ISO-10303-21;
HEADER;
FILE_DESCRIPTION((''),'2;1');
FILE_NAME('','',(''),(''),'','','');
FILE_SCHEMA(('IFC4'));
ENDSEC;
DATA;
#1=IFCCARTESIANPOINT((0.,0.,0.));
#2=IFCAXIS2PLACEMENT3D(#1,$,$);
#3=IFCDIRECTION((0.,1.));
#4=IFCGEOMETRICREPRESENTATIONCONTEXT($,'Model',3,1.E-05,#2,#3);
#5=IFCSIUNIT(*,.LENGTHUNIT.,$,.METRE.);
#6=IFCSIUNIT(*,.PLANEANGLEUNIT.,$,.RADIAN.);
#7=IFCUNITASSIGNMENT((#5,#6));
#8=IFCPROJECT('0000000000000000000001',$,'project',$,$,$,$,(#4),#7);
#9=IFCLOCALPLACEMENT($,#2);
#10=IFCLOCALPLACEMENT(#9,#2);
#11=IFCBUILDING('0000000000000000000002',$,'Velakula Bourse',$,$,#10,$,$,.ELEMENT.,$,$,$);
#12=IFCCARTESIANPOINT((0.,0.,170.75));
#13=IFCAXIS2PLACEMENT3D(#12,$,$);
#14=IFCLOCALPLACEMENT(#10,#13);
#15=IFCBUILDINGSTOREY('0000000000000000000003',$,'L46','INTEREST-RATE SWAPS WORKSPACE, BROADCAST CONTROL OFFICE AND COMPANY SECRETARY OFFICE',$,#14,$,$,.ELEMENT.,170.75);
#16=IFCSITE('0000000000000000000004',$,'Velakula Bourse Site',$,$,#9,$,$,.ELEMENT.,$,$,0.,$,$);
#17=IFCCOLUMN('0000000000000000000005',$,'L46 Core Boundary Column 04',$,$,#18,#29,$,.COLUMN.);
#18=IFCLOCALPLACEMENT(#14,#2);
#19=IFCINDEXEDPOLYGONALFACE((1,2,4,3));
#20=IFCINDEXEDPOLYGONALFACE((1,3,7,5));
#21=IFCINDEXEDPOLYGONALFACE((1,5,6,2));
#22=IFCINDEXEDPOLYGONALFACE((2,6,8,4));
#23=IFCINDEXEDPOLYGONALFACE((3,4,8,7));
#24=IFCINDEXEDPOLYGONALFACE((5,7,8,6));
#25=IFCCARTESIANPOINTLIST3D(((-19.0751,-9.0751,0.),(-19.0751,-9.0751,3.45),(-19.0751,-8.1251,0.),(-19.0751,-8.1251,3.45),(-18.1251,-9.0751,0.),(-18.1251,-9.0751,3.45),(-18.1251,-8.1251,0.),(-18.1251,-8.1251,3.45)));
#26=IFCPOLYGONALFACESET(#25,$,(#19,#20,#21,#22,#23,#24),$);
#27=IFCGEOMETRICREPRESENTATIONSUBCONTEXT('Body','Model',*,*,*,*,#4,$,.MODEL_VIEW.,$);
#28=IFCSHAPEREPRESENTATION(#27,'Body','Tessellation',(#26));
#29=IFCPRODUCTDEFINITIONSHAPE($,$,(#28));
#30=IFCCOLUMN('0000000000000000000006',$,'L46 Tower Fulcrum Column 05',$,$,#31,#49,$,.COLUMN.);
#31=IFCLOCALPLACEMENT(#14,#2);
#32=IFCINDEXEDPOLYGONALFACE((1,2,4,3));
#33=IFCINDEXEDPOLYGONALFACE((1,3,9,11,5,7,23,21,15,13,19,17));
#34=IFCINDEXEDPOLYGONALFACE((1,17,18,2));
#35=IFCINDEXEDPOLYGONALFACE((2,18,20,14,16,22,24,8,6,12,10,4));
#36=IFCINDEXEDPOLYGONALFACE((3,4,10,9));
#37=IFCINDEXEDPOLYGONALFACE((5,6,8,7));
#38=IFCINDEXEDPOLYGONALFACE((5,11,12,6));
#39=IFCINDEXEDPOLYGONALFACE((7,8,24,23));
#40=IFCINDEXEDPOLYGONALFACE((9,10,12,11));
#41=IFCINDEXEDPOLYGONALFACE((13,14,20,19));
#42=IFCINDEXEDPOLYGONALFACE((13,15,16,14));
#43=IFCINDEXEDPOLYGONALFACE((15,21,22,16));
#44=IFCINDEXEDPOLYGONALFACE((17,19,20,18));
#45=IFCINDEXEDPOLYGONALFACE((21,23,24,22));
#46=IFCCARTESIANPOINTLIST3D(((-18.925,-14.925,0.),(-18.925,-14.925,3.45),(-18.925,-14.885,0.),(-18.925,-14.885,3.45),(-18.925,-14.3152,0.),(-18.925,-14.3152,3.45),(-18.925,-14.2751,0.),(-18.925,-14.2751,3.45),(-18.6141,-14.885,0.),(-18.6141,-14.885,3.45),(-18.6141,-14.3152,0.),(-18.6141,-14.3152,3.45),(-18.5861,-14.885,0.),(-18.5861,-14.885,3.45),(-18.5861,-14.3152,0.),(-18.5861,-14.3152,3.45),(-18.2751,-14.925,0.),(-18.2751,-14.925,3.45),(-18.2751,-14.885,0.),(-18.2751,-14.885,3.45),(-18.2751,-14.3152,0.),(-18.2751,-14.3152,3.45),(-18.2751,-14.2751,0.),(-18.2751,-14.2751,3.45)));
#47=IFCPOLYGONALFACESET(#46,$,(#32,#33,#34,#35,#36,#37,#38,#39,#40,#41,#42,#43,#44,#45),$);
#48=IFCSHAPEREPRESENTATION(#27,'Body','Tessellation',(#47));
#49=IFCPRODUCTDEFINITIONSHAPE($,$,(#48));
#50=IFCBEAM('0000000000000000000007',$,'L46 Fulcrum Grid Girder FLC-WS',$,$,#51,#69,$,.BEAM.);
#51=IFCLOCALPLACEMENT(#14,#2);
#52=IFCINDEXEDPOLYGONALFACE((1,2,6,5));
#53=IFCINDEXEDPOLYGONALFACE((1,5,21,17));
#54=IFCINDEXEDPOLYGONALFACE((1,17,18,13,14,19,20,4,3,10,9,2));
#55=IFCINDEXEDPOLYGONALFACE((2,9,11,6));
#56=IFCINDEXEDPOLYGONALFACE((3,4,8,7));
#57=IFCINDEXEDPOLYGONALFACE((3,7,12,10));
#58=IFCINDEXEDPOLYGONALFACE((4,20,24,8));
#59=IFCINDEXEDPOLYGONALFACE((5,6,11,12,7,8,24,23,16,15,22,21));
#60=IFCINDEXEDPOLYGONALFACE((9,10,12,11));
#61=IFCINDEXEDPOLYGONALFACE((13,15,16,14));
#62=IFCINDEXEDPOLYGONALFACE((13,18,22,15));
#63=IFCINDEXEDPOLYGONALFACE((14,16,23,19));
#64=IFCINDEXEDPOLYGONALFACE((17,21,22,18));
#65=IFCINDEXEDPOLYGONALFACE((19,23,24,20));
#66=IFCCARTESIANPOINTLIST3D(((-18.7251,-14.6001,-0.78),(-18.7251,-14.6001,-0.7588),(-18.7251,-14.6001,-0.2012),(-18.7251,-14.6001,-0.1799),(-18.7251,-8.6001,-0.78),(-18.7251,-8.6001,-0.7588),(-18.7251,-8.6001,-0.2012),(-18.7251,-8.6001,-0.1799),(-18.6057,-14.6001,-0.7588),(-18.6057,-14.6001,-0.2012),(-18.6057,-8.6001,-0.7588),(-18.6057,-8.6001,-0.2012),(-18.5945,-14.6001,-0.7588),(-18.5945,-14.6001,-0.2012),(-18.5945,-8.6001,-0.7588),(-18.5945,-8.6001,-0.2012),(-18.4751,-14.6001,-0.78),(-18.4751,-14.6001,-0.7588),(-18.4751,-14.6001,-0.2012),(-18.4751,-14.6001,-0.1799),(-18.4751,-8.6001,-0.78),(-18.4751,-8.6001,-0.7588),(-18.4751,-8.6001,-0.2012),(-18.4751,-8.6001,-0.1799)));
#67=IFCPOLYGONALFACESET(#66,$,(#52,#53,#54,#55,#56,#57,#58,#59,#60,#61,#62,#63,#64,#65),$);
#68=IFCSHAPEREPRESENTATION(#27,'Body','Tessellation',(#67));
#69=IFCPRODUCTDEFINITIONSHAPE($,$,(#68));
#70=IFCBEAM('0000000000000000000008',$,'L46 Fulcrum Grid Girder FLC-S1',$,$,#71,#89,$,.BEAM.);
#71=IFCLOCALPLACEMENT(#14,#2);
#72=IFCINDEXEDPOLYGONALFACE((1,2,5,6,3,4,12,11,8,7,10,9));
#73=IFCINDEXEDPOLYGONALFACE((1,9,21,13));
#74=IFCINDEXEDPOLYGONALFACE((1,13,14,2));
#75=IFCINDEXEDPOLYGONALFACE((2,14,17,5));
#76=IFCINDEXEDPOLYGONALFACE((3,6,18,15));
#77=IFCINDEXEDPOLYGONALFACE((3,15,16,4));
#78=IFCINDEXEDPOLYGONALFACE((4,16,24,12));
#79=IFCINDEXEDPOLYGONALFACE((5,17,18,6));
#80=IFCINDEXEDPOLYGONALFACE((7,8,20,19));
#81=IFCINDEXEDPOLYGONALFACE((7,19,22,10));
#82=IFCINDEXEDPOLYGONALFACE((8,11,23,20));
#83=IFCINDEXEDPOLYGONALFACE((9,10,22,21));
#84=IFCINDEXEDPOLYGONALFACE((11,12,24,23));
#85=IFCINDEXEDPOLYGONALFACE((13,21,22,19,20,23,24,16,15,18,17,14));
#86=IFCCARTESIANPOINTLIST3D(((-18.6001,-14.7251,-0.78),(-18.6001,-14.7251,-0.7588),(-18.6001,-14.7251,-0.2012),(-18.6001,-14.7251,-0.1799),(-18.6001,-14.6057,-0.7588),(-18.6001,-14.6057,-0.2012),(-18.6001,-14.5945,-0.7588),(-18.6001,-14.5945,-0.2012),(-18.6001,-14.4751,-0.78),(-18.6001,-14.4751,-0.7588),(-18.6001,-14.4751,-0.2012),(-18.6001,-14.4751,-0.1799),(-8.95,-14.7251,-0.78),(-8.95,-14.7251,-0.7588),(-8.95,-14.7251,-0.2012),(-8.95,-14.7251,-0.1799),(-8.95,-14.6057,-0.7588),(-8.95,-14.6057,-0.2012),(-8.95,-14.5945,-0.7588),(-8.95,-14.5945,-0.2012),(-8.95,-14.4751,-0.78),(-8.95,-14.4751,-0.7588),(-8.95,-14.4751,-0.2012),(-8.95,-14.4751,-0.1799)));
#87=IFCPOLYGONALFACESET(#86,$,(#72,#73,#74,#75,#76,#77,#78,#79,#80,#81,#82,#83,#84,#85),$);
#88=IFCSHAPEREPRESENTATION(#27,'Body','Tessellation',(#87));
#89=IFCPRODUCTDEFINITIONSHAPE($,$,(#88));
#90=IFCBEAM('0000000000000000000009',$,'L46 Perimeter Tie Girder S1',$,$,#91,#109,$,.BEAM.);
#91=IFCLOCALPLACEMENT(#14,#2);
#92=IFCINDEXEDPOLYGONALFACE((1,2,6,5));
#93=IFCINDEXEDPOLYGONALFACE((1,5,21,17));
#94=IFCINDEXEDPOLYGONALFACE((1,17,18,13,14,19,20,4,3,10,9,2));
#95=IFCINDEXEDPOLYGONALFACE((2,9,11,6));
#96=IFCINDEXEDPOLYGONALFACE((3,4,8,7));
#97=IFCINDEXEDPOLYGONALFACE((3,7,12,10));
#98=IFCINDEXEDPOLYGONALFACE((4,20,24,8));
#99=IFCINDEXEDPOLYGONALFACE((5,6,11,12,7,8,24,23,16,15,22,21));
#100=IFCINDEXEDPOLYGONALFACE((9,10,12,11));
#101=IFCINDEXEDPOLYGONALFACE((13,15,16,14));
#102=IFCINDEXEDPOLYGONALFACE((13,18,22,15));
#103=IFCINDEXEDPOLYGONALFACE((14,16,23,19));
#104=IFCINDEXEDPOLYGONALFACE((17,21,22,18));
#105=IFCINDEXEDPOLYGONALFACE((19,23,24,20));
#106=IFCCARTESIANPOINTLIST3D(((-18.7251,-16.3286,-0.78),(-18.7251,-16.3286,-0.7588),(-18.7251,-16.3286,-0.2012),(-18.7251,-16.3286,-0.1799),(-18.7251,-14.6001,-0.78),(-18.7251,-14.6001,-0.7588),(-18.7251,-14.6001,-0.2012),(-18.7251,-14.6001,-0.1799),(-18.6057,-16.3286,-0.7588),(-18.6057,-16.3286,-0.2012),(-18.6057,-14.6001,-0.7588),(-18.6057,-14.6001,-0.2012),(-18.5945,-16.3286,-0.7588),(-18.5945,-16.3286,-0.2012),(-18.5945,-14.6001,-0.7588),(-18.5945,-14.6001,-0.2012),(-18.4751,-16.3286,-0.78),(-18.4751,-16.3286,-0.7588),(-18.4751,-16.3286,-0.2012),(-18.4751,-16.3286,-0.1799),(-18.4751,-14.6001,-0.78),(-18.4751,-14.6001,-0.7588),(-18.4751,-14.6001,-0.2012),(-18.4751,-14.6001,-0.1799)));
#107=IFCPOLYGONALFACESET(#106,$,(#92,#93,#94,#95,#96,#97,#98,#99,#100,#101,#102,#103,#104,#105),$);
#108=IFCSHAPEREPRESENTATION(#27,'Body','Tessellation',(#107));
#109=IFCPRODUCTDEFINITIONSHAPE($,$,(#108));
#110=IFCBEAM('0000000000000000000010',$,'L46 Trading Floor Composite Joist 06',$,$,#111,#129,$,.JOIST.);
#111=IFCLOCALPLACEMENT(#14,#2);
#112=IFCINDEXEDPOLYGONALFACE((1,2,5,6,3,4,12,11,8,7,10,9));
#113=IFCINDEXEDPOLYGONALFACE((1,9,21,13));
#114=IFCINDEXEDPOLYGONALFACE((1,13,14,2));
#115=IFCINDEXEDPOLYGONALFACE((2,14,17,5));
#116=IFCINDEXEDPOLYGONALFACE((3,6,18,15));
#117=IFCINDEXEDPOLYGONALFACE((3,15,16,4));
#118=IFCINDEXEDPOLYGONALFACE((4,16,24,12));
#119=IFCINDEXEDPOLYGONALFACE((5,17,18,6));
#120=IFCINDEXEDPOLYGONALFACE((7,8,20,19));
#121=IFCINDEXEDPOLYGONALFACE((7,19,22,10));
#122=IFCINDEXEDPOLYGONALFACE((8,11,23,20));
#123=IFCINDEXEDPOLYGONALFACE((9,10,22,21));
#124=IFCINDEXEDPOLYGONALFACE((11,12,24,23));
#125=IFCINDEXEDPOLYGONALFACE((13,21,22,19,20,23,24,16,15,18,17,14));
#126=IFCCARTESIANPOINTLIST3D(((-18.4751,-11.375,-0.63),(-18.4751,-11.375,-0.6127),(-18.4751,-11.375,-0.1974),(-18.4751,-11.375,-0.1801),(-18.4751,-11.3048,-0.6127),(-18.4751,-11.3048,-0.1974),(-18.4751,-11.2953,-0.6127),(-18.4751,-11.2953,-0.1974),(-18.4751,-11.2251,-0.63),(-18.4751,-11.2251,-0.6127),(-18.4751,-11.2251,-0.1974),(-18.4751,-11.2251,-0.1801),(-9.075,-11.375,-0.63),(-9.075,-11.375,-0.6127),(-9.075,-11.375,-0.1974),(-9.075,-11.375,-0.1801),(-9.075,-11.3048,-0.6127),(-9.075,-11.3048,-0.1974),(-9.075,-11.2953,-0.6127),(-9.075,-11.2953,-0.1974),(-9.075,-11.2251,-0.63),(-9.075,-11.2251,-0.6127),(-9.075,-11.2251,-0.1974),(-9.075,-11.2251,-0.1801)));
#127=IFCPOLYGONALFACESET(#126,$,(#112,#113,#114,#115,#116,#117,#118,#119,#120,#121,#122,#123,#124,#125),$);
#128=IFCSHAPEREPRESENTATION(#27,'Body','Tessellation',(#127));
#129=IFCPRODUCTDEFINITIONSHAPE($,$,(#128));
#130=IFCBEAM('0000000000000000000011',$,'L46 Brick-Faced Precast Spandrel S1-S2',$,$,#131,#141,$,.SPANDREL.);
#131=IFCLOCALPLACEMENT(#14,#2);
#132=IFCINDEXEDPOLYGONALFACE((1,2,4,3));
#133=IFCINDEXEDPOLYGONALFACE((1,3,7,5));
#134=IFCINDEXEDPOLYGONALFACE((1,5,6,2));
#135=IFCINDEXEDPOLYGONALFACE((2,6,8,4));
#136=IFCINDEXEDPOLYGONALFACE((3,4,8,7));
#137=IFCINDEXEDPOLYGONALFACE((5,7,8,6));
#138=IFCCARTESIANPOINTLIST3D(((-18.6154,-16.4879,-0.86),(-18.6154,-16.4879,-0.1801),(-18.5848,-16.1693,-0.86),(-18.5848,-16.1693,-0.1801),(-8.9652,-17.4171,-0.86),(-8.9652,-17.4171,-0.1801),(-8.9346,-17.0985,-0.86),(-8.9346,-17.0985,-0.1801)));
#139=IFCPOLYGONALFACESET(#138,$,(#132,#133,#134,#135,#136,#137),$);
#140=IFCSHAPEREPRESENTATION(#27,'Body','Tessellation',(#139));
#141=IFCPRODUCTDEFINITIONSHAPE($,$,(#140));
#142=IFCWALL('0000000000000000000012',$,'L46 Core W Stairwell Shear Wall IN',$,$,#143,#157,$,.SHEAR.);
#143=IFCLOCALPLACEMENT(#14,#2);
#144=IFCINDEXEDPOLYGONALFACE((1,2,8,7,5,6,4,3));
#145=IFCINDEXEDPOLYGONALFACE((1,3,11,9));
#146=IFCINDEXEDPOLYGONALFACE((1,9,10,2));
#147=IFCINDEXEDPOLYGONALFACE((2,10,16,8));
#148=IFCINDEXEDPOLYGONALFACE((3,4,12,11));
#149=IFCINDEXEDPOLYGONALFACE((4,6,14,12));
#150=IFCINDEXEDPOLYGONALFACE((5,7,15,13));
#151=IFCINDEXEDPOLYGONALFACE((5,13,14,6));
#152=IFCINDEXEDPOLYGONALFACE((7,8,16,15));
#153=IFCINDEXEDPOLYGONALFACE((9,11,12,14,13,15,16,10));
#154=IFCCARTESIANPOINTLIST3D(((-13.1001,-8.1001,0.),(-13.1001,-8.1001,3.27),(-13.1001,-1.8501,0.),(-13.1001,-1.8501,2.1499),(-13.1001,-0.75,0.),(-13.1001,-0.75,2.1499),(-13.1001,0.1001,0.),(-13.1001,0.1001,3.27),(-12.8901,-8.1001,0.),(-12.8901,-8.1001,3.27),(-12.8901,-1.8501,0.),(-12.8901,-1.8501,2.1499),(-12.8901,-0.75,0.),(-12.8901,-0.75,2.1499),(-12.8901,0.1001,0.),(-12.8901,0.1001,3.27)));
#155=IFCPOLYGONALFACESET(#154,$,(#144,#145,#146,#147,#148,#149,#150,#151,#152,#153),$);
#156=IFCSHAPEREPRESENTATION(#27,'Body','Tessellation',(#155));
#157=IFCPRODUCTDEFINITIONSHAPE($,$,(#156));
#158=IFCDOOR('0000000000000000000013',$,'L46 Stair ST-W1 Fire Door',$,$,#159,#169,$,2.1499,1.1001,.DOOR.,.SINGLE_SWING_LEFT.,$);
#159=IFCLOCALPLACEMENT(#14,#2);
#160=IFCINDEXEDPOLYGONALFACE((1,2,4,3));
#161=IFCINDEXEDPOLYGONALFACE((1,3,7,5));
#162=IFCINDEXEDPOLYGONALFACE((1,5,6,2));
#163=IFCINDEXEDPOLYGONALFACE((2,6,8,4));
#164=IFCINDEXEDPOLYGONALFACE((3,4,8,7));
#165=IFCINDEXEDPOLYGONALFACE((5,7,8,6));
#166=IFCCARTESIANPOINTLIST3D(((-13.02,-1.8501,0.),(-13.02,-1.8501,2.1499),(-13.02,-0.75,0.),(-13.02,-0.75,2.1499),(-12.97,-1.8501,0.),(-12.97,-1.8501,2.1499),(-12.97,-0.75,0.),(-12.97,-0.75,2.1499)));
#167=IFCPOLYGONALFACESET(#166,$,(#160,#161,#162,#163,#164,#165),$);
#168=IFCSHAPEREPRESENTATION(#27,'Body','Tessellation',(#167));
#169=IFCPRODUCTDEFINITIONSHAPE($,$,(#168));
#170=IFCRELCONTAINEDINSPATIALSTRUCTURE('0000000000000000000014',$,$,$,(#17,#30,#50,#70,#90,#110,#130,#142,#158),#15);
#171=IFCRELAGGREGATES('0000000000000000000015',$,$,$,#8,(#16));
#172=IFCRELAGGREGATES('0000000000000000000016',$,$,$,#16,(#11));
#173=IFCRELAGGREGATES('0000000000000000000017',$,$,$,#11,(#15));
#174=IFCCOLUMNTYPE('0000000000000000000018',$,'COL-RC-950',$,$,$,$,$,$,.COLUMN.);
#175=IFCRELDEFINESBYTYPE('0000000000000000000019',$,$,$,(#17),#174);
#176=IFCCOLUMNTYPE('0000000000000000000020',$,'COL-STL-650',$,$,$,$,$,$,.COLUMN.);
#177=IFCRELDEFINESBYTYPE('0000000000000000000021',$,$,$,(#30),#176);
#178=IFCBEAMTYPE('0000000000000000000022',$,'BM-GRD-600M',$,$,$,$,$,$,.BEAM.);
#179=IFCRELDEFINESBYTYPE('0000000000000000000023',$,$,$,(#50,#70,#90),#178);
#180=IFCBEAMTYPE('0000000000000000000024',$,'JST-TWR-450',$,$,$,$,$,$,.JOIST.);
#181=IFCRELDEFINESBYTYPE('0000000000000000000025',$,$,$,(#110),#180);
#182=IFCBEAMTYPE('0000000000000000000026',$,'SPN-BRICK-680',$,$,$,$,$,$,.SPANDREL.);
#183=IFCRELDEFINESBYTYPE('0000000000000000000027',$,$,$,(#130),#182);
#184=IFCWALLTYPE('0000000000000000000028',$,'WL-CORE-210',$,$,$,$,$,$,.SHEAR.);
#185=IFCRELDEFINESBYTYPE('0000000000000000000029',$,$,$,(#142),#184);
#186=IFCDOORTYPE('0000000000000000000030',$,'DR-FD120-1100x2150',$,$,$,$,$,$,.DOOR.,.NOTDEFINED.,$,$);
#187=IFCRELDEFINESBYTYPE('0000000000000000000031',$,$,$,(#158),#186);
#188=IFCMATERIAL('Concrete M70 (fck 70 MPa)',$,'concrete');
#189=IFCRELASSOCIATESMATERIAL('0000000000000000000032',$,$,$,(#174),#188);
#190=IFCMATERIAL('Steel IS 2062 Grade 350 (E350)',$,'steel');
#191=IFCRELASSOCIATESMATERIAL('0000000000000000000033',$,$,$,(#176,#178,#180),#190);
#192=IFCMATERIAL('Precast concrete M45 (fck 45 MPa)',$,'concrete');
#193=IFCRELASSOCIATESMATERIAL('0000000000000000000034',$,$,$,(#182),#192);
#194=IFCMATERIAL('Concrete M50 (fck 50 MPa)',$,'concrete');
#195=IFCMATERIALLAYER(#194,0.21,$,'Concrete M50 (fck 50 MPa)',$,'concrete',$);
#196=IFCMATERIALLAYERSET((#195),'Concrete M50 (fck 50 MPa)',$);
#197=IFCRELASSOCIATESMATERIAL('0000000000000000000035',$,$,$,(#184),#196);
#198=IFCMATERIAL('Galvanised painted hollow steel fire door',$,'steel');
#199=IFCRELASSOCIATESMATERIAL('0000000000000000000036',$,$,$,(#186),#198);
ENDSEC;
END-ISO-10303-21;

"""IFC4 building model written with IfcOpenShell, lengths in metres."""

from ifc_helpers import new_model, si_unit, direction, frame, frame_2d, origin, origin_2d, place, context, subcontext, project, spatial, rectangle, i_section, extrude, material, layer, layer_set, material_profile, profile_set, type_object, element, fill, save


model = new_model("IFC4")

# Units and contexts
model_context = context("Model", 3, precision=1e-05, world=origin(), true_north=direction((0.0, 1.0)))
body_context = subcontext(model_context, "Body", "Model", "MODEL_VIEW")
ifc_project = project(units=[si_unit("LENGTHUNIT", "METRE"), si_unit("PLANEANGLEUNIT", "RADIAN")], contexts=[model_context])

# Site, building, storey
site_placement = place(None, origin())
site = spatial("IfcSite", under=ifc_project, at=site_placement, Name="Velakula Bourse Site", CompositionType="ELEMENT", RefElevation=0.0)
building_placement = place(site_placement, origin())
building = spatial("IfcBuilding", under=site, at=building_placement, Name="Velakula Bourse", CompositionType="ELEMENT")
storey_placement = place(building_placement, frame((0.0, 0.0, 170.75)))
storey = spatial("IfcBuildingStorey", under=building, at=storey_placement, Name="L46", Description="INTEREST-RATE SWAPS WORKSPACE, BROADCAST CONTROL OFFICE AND COMPANY SECRETARY OFFICE", CompositionType="ELEMENT", Elevation=170.75)

# Columns
ifc_material_1 = material(Name="Concrete M70 (fck 70 MPa)", Category="concrete")
ifc_material_profile_1 = material_profile(ifc_material_1, rectangle(XDim=0.95, YDim=0.95, at=origin_2d()), Name="Concrete M70 (fck 70 MPa)")
ifc_profile_set_1 = profile_set([ifc_material_profile_1], Name="Concrete M70 (fck 70 MPa)")
column_type_1 = type_object("IfcColumnType", Name="COL-RC-950", PredefinedType="COLUMN", material=ifc_profile_set_1)
column_1_placement = place(storey_placement, frame((-18.6001, -8.6001, 0.0), z_axis=(0.0, 0.0, 1.0), x_axis=(1.0, 0.0, 0.0)))
element("IfcColumn", 1, at=column_1_placement, inside=storey, type_object=column_type_1, Name="L46 Core Boundary Column 04", PredefinedType="COLUMN", context=body_context, shape_type="SweptSolid", body=[
    extrude(rectangle(XDim=0.95, YDim=0.95, at=origin_2d()), origin(), (0.0, 0.0, 1.0), 3.45),
])
ifc_material_2 = material(Name="Steel IS 2062 Grade 350 (E350)", Category="steel")
ifc_material_profile_2 = material_profile(ifc_material_2, i_section(OverallWidth=0.6499, OverallDepth=0.6499, WebThickness=0.0281, FlangeThickness=0.04, at=origin_2d()), Name="Steel IS 2062 Grade 350 (E350)")
ifc_profile_set_2 = profile_set([ifc_material_profile_2], Name="Steel IS 2062 Grade 350 (E350)")
column_type_2 = type_object("IfcColumnType", Name="COL-STL-650", PredefinedType="COLUMN", material=ifc_profile_set_2)
column_2_placement = place(storey_placement, frame((-18.6001, -14.6001, 0.0), z_axis=(0.0, 0.0, 1.0), x_axis=(1.0, 0.0, 0.0)))
element("IfcColumn", 2, at=column_2_placement, inside=storey, type_object=column_type_2, Name="L46 Tower Fulcrum Column 05", PredefinedType="COLUMN", context=body_context, shape_type="SweptSolid", body=[
    extrude(i_section(OverallWidth=0.6499, OverallDepth=0.6499, WebThickness=0.0281, FlangeThickness=0.04, at=origin_2d()), origin(), (0.0, 0.0, 1.0), 3.45),
])

# Beams
ifc_material_profile_3 = material_profile(ifc_material_2, i_section(OverallWidth=0.25, OverallDepth=0.6001, WebThickness=0.0112, FlangeThickness=0.0212, at=origin_2d()), Name="Steel IS 2062 Grade 350 (E350)")
ifc_profile_set_3 = profile_set([ifc_material_profile_3], Name="Steel IS 2062 Grade 350 (E350)")
beam_type_1 = type_object("IfcBeamType", Name="BM-GRD-600M", PredefinedType="BEAM", material=ifc_profile_set_3)
beam_1_placement = place(storey_placement, frame((-18.6001, -14.6001, -0.48), z_axis=(0.0, 1.0, 0.0), x_axis=(-1.0, 0.0, 0.0)))
element("IfcBeam", 3, at=beam_1_placement, inside=storey, type_object=beam_type_1, Name="L46 Fulcrum Grid Girder FLC-WS", PredefinedType="BEAM", context=body_context, shape_type="SweptSolid", body=[
    extrude(i_section(OverallWidth=0.25, OverallDepth=0.6001, WebThickness=0.0112, FlangeThickness=0.0212, at=origin_2d()), origin(), (0.0, 0.0, 1.0), 6.0),
])
beam_2_placement = place(storey_placement, frame((-18.6001, -14.6001, -0.48), z_axis=(1.0, 0.0, 0.0), x_axis=(0.0, 1.0, 0.0)))
element("IfcBeam", 4, at=beam_2_placement, inside=storey, type_object=beam_type_1, Name="L46 Fulcrum Grid Girder FLC-S1", PredefinedType="BEAM", context=body_context, shape_type="SweptSolid", body=[
    extrude(i_section(OverallWidth=0.25, OverallDepth=0.6001, WebThickness=0.0112, FlangeThickness=0.0212, at=origin_2d()), origin(), (0.0, 0.0, 1.0), 9.6501),
])
beam_3_placement = place(storey_placement, frame((-18.6001, -14.6001, -0.48), z_axis=(0.0, -1.0, 0.0), x_axis=(1.0, 0.0, 0.0)))
element("IfcBeam", 5, at=beam_3_placement, inside=storey, type_object=beam_type_1, Name="L46 Perimeter Tie Girder S1", PredefinedType="BEAM", context=body_context, shape_type="SweptSolid", body=[
    extrude(i_section(OverallWidth=0.25, OverallDepth=0.6001, WebThickness=0.0112, FlangeThickness=0.0212, at=origin_2d()), origin(), (0.0, 0.0, 1.0), 1.7285),
])
ifc_material_profile_4 = material_profile(ifc_material_2, i_section(OverallWidth=0.1499, OverallDepth=0.45, WebThickness=0.0095, FlangeThickness=0.0173, at=origin_2d()), Name="Steel IS 2062 Grade 350 (E350)")
ifc_profile_set_4 = profile_set([ifc_material_profile_4], Name="Steel IS 2062 Grade 350 (E350)")
beam_type_2 = type_object("IfcBeamType", Name="JST-TWR-450", PredefinedType="JOIST", material=ifc_profile_set_4)
beam_4_placement = place(storey_placement, frame((-18.4751, -11.3, -0.405), z_axis=(1.0, 0.0, 0.0), x_axis=(0.0, 1.0, 0.0)))
element("IfcBeam", 6, at=beam_4_placement, inside=storey, type_object=beam_type_2, Name="L46 Trading Floor Composite Joist 06", PredefinedType="JOIST", context=body_context, shape_type="SweptSolid", body=[
    extrude(i_section(OverallWidth=0.1499, OverallDepth=0.45, WebThickness=0.0095, FlangeThickness=0.0173, at=origin_2d()), origin(), (0.0, 0.0, 1.0), 9.4001),
])
ifc_material_3 = material(Name="Precast concrete M45 (fck 45 MPa)", Category="concrete")
ifc_material_profile_5 = material_profile(ifc_material_3, rectangle(XDim=0.3201, YDim=0.6799, at=origin_2d()), Name="Precast concrete M45 (fck 45 MPa)")
ifc_profile_set_5 = profile_set([ifc_material_profile_5], Name="Precast concrete M45 (fck 45 MPa)")
beam_type_3 = type_object("IfcBeamType", Name="SPN-BRICK-680", PredefinedType="SPANDREL", material=ifc_profile_set_5)
beam_5_placement = place(storey_placement, frame((-18.6001, -16.3286, -0.52), z_axis=(0.995396, -0.095845, 0.0), x_axis=(0.095845, 0.995396, 0.0)))
element("IfcBeam", 7, at=beam_5_placement, inside=storey, type_object=beam_type_3, Name="L46 Brick-Faced Precast Spandrel S1-S2", PredefinedType="SPANDREL", context=body_context, shape_type="SweptSolid", body=[
    extrude(rectangle(XDim=0.3201, YDim=0.6799, at=origin_2d()), origin(), (0.0, 0.0, 1.0), 9.6948),
])

# Wall, opening, door
ifc_material_4 = material(Name="Concrete M50 (fck 50 MPa)", Category="concrete")
ifc_layer_1 = layer(ifc_material_4, 0.21, Name="Concrete M50 (fck 50 MPa)", Category="concrete")
ifc_layer_set_1 = layer_set([ifc_layer_1], Name="Concrete M50 (fck 50 MPa)")
wall_type_1 = type_object("IfcWallType", Name="WL-CORE-210", PredefinedType="SHEAR", material=ifc_layer_set_1)
wall_1_placement = place(storey_placement, frame((-12.9951, -8.1001, 0.0), z_axis=(0.0, 0.0, 1.0), x_axis=(0.0, 1.0, 0.0)))
wall_1 = element("IfcWall", 8, at=wall_1_placement, inside=storey, type_object=wall_type_1, Name="L46 Core W Stairwell Shear Wall IN", PredefinedType="SHEAR", context=body_context, shape_type="SweptSolid", body=[
    extrude(rectangle(XDim=8.2002, YDim=0.21, at=frame_2d((4.1001, 0.0))), origin(), (0.0, 0.0, 1.0), 3.27),
])
opening_1_placement = place(wall_1_placement, frame((6.25, 0.0, 0.0)))
opening_1 = element("IfcOpeningElement", 9, at=opening_1_placement, cuts=wall_1, PredefinedType="OPENING", context=body_context, shape_type="SweptSolid", body=[
    extrude(rectangle(XDim=1.1001, YDim=2.1499, at=frame_2d((0.55, 1.075))), frame((0.0, 0.115, 0.0), z_axis=(0.0, -1.0, 0.0), x_axis=(1.0, 0.0, 0.0)), (0.0, 0.0, 1.0), 0.23),
])
ifc_material_5 = material(Name="Galvanised painted hollow steel fire door", Category="steel")
door_type_1 = type_object("IfcDoorType", Name="DR-FD120-1100x2150", OperationType="NOTDEFINED", PredefinedType="DOOR", material=ifc_material_5)
door_1_placement = place(opening_1_placement, origin())
door_1 = element("IfcDoor", 10, at=door_1_placement, inside=storey, type_object=door_type_1, Name="L46 Stair ST-W1 Fire Door", OperationType="SINGLE_SWING_LEFT", OverallHeight=2.1499, OverallWidth=1.1001, PredefinedType="DOOR", context=body_context, shape_type="SweptSolid", body=[
    extrude(rectangle(XDim=1.1001, YDim=2.1499, at=frame_2d((0.55, 1.075))), frame((0.0, 0.0249, 0.0), z_axis=(0.0, -1.0, 0.0), x_axis=(1.0, 0.0, 0.0)), (0.0, 0.0, 1.0), 0.05),
])
fill(opening_1, door_1)

save(model, "model.ifc")
